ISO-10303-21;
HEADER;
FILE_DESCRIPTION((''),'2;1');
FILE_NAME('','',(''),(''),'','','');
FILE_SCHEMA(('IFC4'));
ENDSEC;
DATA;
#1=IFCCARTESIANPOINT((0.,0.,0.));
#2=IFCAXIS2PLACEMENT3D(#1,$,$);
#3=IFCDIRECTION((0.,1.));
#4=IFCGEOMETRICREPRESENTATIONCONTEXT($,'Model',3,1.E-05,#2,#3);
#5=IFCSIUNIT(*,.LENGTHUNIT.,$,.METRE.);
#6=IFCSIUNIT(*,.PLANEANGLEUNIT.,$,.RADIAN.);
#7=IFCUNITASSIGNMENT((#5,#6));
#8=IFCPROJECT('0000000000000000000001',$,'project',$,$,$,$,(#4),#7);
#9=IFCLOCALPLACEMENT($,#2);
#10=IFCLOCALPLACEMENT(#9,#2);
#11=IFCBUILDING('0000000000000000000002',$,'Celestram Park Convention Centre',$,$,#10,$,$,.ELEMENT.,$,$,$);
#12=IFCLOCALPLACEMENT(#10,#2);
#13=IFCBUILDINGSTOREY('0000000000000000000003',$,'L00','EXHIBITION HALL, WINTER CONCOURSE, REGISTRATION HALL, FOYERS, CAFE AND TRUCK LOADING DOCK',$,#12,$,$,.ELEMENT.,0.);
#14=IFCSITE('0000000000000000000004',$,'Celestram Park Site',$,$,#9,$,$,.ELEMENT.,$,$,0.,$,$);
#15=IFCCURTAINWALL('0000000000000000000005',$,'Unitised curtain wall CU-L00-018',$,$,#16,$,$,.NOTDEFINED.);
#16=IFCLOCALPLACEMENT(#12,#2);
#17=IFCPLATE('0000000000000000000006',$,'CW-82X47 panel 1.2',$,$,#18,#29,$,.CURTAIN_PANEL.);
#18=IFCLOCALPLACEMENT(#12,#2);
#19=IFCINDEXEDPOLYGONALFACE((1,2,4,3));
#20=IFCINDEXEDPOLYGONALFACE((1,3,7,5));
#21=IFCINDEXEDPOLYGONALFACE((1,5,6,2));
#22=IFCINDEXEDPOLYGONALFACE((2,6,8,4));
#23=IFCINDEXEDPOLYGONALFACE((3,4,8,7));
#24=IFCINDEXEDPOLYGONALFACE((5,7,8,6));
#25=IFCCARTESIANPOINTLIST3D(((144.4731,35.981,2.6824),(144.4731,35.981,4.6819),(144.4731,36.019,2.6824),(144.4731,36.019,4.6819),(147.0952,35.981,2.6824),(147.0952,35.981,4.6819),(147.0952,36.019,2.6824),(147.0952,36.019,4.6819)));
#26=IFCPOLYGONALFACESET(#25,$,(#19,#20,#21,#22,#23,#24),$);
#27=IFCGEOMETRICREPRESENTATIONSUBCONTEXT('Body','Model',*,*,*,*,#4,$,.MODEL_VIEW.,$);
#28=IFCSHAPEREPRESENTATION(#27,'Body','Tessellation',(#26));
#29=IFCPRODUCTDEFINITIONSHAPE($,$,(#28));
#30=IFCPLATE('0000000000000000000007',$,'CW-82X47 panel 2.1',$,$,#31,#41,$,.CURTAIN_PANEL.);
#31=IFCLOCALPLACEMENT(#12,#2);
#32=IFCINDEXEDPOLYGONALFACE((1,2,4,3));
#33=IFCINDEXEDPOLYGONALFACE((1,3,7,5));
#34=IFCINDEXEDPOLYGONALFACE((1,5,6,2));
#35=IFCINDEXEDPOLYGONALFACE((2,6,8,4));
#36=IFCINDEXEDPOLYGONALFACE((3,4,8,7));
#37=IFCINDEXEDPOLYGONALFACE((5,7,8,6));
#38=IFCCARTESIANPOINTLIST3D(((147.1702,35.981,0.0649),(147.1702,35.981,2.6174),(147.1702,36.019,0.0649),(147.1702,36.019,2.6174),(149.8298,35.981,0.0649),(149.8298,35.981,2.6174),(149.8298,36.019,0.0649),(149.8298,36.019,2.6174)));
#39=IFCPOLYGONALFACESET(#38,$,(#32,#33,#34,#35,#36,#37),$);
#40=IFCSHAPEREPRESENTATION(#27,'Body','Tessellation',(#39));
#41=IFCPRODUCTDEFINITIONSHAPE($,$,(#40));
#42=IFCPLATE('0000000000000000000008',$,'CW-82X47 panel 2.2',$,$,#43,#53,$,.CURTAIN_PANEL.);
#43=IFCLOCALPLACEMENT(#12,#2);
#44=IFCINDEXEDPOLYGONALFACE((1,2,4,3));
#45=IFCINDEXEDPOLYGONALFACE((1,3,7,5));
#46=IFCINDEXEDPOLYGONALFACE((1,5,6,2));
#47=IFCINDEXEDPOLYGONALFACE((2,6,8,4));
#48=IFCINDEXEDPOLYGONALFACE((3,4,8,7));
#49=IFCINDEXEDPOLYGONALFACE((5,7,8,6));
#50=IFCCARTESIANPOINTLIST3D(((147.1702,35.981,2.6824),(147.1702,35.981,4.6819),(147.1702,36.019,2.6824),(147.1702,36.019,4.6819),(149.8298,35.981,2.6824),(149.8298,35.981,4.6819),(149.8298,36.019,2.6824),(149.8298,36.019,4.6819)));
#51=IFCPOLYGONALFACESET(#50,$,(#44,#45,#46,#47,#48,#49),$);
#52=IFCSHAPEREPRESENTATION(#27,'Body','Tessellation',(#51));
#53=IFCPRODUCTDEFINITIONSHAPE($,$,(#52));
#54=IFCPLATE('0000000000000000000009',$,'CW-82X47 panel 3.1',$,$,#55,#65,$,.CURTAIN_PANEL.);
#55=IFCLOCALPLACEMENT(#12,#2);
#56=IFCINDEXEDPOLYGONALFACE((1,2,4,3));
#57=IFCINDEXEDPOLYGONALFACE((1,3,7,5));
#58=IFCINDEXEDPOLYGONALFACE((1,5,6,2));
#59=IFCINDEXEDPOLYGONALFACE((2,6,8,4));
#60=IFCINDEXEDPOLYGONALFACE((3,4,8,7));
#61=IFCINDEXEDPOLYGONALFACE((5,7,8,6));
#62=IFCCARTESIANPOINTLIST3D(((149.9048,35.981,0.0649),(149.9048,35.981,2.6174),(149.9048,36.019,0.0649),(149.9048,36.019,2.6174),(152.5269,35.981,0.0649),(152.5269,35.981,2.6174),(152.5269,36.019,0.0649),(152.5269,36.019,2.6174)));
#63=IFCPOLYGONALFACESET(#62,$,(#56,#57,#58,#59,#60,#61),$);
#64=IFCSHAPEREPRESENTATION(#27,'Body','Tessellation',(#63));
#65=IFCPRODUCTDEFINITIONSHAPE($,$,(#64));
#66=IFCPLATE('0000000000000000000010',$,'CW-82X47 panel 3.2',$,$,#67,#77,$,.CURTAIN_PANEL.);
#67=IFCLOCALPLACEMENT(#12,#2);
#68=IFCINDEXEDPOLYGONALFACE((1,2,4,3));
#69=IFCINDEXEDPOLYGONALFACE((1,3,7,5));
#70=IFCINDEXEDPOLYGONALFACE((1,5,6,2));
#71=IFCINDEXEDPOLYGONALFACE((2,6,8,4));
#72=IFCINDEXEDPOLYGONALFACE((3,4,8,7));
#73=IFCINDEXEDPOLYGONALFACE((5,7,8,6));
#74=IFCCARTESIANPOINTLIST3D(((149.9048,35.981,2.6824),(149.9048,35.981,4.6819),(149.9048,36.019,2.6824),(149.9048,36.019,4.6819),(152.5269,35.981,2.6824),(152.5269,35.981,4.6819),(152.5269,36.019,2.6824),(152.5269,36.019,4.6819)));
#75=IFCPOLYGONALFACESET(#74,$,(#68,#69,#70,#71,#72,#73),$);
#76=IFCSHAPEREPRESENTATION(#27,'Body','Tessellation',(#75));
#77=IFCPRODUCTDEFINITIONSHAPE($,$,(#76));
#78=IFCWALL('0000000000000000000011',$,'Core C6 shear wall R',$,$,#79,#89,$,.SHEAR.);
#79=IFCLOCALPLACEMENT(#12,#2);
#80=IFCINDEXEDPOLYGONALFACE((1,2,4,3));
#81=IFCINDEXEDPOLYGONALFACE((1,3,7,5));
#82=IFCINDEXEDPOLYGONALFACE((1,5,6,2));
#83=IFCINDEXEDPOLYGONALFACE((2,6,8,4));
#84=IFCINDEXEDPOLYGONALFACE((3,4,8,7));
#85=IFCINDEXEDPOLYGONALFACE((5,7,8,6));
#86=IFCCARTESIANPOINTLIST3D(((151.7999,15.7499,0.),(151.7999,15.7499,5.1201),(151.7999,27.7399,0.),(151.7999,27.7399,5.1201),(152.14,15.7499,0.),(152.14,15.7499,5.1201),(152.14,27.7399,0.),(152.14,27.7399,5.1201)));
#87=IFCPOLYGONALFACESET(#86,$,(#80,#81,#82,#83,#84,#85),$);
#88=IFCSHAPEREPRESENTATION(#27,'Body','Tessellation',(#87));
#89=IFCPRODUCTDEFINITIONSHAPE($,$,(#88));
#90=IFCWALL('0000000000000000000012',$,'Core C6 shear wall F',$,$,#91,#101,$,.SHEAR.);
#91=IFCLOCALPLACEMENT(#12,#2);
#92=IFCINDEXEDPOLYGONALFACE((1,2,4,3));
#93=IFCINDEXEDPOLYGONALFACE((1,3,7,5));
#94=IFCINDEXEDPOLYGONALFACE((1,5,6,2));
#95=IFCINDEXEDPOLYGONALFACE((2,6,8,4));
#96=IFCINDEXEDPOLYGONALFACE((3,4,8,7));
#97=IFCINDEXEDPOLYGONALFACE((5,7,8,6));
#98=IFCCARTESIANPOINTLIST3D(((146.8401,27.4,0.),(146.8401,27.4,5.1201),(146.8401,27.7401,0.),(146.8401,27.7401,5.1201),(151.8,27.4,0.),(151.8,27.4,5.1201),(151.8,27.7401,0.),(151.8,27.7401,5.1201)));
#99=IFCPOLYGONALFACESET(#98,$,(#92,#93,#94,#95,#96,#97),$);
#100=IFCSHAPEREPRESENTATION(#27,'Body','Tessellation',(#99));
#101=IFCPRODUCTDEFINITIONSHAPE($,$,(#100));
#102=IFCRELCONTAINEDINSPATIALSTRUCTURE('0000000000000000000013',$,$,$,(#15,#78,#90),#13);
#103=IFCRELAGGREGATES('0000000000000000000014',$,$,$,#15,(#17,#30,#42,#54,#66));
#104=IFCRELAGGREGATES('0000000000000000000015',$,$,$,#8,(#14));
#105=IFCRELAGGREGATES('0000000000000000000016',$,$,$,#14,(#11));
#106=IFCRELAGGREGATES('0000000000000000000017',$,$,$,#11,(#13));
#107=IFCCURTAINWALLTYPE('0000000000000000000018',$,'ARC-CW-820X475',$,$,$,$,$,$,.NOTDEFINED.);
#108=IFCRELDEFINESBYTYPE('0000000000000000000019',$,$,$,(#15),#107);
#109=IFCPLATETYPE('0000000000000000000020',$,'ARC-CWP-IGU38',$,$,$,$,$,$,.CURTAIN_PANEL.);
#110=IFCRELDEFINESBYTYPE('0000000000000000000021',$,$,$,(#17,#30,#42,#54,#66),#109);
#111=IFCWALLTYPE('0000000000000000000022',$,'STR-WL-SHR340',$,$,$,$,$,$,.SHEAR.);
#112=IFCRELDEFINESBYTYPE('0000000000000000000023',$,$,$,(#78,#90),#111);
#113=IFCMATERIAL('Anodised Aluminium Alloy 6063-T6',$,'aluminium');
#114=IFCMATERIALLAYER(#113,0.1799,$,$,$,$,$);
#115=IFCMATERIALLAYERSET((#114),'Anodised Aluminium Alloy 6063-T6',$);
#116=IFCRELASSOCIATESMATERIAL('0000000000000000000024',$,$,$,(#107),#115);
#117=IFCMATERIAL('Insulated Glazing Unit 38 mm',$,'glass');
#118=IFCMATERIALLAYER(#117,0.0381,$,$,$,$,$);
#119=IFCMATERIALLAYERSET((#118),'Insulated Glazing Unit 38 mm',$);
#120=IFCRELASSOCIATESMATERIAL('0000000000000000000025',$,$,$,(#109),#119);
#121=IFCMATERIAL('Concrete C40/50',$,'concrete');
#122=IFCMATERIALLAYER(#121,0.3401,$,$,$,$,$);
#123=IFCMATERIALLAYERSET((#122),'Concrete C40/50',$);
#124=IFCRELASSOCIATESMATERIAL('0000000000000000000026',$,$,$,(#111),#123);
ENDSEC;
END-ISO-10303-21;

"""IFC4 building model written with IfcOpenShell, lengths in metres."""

from ifc_helpers import new_model, si_unit, direction, frame, frame_2d, origin, origin_2d, place, context, subcontext, project, spatial, rectangle, extrude, material, layer, layer_set, type_object, element, aggregate, save


model = new_model("IFC4")

# Units and contexts
model_context = context("Model", 3, precision=1e-05, world=origin(), true_north=direction((0.0, 1.0)))
body_context = subcontext(model_context, "Body", "Model", "MODEL_VIEW")
ifc_project = project(units=[si_unit("LENGTHUNIT", "METRE"), si_unit("PLANEANGLEUNIT", "RADIAN")], contexts=[model_context])

# Site, building, storey
site_placement = place(None, origin())
site = spatial("IfcSite", under=ifc_project, at=site_placement, Name="Celestram Park Site", CompositionType="ELEMENT", RefElevation=0.0)
building_placement = place(site_placement, origin())
building = spatial("IfcBuilding", under=site, at=building_placement, Name="Celestram Park Convention Centre", CompositionType="ELEMENT")
storey_placement = place(building_placement, origin())
storey = spatial("IfcBuildingStorey", under=building, at=storey_placement, Name="L00", Description="EXHIBITION HALL, WINTER CONCOURSE, REGISTRATION HALL, FOYERS, CAFE AND TRUCK LOADING DOCK", CompositionType="ELEMENT", Elevation=0.0)

# Shared definitions
ifc_material_1 = material(Name="Concrete C40/50", Category="concrete")

# Curtain wall
ifc_material_2 = material(Name="Anodised Aluminium Alloy 6063-T6", Category="aluminium")
ifc_layer_1 = layer(ifc_material_2, 0.1799)
ifc_layer_set_1 = layer_set([ifc_layer_1], Name="Anodised Aluminium Alloy 6063-T6")
curtain_wall_type = type_object("IfcCurtainWallType", Name="ARC-CW-820X475", PredefinedType="NOTDEFINED", material=ifc_layer_set_1)
curtain_wall_placement = place(storey_placement, origin())
curtain_wall = element("IfcCurtainWall", 1, at=curtain_wall_placement, inside=storey, type_object=curtain_wall_type, Name="Unitised curtain wall CU-L00-018", PredefinedType="NOTDEFINED")

# Plates
ifc_material_3 = material(Name="Insulated Glazing Unit 38 mm", Category="glass")
ifc_layer_2 = layer(ifc_material_3, 0.0381)
ifc_layer_set_2 = layer_set([ifc_layer_2], Name="Insulated Glazing Unit 38 mm")
plate_type = type_object("IfcPlateType", Name="ARC-CWP-IGU38", PredefinedType="CURTAIN_PANEL", material=ifc_layer_set_2)
plate_1_placement = place(storey_placement, frame((145.7842, 36.0, 2.6824), z_axis=(0.0, 0.0, 1.0), x_axis=(1.0, 0.0, 0.0)))
plate_1 = element("IfcPlate", 2, at=plate_1_placement, type_object=plate_type, Name="CW-82X47 panel 1.2", PredefinedType="CURTAIN_PANEL", context=body_context, shape_type="SweptSolid", body=[
    extrude(rectangle(XDim=2.6221, YDim=0.0381, at=origin_2d()), origin(), (0.0, 0.0, 1.0), 1.9995),
])
plate_2_placement = place(storey_placement, frame((148.5, 36.0, 0.0649), z_axis=(0.0, 0.0, 1.0), x_axis=(1.0, 0.0, 0.0)))
plate_2 = element("IfcPlate", 3, at=plate_2_placement, type_object=plate_type, Name="CW-82X47 panel 2.1", PredefinedType="CURTAIN_PANEL", context=body_context, shape_type="SweptSolid", body=[
    extrude(rectangle(XDim=2.6597, YDim=0.0381, at=origin_2d()), origin(), (0.0, 0.0, 1.0), 2.5525),
])
plate_3_placement = place(storey_placement, frame((148.5, 36.0, 2.6824), z_axis=(0.0, 0.0, 1.0), x_axis=(1.0, 0.0, 0.0)))
plate_3 = element("IfcPlate", 4, at=plate_3_placement, type_object=plate_type, Name="CW-82X47 panel 2.2", PredefinedType="CURTAIN_PANEL", context=body_context, shape_type="SweptSolid", body=[
    extrude(rectangle(XDim=2.6597, YDim=0.0381, at=origin_2d()), origin(), (0.0, 0.0, 1.0), 1.9995),
])
plate_4_placement = place(storey_placement, frame((151.2158, 36.0, 0.0649), z_axis=(0.0, 0.0, 1.0), x_axis=(1.0, 0.0, 0.0)))
plate_4 = element("IfcPlate", 5, at=plate_4_placement, type_object=plate_type, Name="CW-82X47 panel 3.1", PredefinedType="CURTAIN_PANEL", context=body_context, shape_type="SweptSolid", body=[
    extrude(rectangle(XDim=2.6221, YDim=0.0381, at=origin_2d()), origin(), (0.0, 0.0, 1.0), 2.5525),
])
plate_5_placement = place(storey_placement, frame((151.2158, 36.0, 2.6824), z_axis=(0.0, 0.0, 1.0), x_axis=(1.0, 0.0, 0.0)))
plate_5 = element("IfcPlate", 6, at=plate_5_placement, type_object=plate_type, Name="CW-82X47 panel 3.2", PredefinedType="CURTAIN_PANEL", context=body_context, shape_type="SweptSolid", body=[
    extrude(rectangle(XDim=2.6221, YDim=0.0381, at=origin_2d()), origin(), (0.0, 0.0, 1.0), 1.9995),
])
aggregate(curtain_wall, [plate_1, plate_2, plate_3, plate_4, plate_5])

# Walls
ifc_layer_3 = layer(ifc_material_1, 0.3401)
ifc_layer_set_3 = layer_set([ifc_layer_3], Name="Concrete C40/50")
wall_type = type_object("IfcWallType", Name="STR-WL-SHR340", PredefinedType="SHEAR", material=ifc_layer_set_3)
wall_1_placement = place(storey_placement, frame((151.97, 27.74, 0.0), z_axis=(0.0, 0.0, 1.0), x_axis=(0.0, -1.0, 0.0)))
element("IfcWall", 7, at=wall_1_placement, inside=storey, type_object=wall_type, Name="Core C6 shear wall R", PredefinedType="SHEAR", context=body_context, shape_type="SweptSolid", body=[
    extrude(rectangle(XDim=11.99, YDim=0.3401, at=frame_2d((5.9951, 0.0))), origin(), (0.0, 0.0, 1.0), 5.1201),
])
wall_2_placement = place(storey_placement, frame((146.8401, 27.5701, 0.0), z_axis=(0.0, 0.0, 1.0), x_axis=(1.0, 0.0, 0.0)))
element("IfcWall", 8, at=wall_2_placement, inside=storey, type_object=wall_type, Name="Core C6 shear wall F", PredefinedType="SHEAR", context=body_context, shape_type="SweptSolid", body=[
    extrude(rectangle(XDim=4.96, YDim=0.3401, at=frame_2d((2.48, 0.0))), origin(), (0.0, 0.0, 1.0), 5.1201),
])

save(model, "model.ifc")
